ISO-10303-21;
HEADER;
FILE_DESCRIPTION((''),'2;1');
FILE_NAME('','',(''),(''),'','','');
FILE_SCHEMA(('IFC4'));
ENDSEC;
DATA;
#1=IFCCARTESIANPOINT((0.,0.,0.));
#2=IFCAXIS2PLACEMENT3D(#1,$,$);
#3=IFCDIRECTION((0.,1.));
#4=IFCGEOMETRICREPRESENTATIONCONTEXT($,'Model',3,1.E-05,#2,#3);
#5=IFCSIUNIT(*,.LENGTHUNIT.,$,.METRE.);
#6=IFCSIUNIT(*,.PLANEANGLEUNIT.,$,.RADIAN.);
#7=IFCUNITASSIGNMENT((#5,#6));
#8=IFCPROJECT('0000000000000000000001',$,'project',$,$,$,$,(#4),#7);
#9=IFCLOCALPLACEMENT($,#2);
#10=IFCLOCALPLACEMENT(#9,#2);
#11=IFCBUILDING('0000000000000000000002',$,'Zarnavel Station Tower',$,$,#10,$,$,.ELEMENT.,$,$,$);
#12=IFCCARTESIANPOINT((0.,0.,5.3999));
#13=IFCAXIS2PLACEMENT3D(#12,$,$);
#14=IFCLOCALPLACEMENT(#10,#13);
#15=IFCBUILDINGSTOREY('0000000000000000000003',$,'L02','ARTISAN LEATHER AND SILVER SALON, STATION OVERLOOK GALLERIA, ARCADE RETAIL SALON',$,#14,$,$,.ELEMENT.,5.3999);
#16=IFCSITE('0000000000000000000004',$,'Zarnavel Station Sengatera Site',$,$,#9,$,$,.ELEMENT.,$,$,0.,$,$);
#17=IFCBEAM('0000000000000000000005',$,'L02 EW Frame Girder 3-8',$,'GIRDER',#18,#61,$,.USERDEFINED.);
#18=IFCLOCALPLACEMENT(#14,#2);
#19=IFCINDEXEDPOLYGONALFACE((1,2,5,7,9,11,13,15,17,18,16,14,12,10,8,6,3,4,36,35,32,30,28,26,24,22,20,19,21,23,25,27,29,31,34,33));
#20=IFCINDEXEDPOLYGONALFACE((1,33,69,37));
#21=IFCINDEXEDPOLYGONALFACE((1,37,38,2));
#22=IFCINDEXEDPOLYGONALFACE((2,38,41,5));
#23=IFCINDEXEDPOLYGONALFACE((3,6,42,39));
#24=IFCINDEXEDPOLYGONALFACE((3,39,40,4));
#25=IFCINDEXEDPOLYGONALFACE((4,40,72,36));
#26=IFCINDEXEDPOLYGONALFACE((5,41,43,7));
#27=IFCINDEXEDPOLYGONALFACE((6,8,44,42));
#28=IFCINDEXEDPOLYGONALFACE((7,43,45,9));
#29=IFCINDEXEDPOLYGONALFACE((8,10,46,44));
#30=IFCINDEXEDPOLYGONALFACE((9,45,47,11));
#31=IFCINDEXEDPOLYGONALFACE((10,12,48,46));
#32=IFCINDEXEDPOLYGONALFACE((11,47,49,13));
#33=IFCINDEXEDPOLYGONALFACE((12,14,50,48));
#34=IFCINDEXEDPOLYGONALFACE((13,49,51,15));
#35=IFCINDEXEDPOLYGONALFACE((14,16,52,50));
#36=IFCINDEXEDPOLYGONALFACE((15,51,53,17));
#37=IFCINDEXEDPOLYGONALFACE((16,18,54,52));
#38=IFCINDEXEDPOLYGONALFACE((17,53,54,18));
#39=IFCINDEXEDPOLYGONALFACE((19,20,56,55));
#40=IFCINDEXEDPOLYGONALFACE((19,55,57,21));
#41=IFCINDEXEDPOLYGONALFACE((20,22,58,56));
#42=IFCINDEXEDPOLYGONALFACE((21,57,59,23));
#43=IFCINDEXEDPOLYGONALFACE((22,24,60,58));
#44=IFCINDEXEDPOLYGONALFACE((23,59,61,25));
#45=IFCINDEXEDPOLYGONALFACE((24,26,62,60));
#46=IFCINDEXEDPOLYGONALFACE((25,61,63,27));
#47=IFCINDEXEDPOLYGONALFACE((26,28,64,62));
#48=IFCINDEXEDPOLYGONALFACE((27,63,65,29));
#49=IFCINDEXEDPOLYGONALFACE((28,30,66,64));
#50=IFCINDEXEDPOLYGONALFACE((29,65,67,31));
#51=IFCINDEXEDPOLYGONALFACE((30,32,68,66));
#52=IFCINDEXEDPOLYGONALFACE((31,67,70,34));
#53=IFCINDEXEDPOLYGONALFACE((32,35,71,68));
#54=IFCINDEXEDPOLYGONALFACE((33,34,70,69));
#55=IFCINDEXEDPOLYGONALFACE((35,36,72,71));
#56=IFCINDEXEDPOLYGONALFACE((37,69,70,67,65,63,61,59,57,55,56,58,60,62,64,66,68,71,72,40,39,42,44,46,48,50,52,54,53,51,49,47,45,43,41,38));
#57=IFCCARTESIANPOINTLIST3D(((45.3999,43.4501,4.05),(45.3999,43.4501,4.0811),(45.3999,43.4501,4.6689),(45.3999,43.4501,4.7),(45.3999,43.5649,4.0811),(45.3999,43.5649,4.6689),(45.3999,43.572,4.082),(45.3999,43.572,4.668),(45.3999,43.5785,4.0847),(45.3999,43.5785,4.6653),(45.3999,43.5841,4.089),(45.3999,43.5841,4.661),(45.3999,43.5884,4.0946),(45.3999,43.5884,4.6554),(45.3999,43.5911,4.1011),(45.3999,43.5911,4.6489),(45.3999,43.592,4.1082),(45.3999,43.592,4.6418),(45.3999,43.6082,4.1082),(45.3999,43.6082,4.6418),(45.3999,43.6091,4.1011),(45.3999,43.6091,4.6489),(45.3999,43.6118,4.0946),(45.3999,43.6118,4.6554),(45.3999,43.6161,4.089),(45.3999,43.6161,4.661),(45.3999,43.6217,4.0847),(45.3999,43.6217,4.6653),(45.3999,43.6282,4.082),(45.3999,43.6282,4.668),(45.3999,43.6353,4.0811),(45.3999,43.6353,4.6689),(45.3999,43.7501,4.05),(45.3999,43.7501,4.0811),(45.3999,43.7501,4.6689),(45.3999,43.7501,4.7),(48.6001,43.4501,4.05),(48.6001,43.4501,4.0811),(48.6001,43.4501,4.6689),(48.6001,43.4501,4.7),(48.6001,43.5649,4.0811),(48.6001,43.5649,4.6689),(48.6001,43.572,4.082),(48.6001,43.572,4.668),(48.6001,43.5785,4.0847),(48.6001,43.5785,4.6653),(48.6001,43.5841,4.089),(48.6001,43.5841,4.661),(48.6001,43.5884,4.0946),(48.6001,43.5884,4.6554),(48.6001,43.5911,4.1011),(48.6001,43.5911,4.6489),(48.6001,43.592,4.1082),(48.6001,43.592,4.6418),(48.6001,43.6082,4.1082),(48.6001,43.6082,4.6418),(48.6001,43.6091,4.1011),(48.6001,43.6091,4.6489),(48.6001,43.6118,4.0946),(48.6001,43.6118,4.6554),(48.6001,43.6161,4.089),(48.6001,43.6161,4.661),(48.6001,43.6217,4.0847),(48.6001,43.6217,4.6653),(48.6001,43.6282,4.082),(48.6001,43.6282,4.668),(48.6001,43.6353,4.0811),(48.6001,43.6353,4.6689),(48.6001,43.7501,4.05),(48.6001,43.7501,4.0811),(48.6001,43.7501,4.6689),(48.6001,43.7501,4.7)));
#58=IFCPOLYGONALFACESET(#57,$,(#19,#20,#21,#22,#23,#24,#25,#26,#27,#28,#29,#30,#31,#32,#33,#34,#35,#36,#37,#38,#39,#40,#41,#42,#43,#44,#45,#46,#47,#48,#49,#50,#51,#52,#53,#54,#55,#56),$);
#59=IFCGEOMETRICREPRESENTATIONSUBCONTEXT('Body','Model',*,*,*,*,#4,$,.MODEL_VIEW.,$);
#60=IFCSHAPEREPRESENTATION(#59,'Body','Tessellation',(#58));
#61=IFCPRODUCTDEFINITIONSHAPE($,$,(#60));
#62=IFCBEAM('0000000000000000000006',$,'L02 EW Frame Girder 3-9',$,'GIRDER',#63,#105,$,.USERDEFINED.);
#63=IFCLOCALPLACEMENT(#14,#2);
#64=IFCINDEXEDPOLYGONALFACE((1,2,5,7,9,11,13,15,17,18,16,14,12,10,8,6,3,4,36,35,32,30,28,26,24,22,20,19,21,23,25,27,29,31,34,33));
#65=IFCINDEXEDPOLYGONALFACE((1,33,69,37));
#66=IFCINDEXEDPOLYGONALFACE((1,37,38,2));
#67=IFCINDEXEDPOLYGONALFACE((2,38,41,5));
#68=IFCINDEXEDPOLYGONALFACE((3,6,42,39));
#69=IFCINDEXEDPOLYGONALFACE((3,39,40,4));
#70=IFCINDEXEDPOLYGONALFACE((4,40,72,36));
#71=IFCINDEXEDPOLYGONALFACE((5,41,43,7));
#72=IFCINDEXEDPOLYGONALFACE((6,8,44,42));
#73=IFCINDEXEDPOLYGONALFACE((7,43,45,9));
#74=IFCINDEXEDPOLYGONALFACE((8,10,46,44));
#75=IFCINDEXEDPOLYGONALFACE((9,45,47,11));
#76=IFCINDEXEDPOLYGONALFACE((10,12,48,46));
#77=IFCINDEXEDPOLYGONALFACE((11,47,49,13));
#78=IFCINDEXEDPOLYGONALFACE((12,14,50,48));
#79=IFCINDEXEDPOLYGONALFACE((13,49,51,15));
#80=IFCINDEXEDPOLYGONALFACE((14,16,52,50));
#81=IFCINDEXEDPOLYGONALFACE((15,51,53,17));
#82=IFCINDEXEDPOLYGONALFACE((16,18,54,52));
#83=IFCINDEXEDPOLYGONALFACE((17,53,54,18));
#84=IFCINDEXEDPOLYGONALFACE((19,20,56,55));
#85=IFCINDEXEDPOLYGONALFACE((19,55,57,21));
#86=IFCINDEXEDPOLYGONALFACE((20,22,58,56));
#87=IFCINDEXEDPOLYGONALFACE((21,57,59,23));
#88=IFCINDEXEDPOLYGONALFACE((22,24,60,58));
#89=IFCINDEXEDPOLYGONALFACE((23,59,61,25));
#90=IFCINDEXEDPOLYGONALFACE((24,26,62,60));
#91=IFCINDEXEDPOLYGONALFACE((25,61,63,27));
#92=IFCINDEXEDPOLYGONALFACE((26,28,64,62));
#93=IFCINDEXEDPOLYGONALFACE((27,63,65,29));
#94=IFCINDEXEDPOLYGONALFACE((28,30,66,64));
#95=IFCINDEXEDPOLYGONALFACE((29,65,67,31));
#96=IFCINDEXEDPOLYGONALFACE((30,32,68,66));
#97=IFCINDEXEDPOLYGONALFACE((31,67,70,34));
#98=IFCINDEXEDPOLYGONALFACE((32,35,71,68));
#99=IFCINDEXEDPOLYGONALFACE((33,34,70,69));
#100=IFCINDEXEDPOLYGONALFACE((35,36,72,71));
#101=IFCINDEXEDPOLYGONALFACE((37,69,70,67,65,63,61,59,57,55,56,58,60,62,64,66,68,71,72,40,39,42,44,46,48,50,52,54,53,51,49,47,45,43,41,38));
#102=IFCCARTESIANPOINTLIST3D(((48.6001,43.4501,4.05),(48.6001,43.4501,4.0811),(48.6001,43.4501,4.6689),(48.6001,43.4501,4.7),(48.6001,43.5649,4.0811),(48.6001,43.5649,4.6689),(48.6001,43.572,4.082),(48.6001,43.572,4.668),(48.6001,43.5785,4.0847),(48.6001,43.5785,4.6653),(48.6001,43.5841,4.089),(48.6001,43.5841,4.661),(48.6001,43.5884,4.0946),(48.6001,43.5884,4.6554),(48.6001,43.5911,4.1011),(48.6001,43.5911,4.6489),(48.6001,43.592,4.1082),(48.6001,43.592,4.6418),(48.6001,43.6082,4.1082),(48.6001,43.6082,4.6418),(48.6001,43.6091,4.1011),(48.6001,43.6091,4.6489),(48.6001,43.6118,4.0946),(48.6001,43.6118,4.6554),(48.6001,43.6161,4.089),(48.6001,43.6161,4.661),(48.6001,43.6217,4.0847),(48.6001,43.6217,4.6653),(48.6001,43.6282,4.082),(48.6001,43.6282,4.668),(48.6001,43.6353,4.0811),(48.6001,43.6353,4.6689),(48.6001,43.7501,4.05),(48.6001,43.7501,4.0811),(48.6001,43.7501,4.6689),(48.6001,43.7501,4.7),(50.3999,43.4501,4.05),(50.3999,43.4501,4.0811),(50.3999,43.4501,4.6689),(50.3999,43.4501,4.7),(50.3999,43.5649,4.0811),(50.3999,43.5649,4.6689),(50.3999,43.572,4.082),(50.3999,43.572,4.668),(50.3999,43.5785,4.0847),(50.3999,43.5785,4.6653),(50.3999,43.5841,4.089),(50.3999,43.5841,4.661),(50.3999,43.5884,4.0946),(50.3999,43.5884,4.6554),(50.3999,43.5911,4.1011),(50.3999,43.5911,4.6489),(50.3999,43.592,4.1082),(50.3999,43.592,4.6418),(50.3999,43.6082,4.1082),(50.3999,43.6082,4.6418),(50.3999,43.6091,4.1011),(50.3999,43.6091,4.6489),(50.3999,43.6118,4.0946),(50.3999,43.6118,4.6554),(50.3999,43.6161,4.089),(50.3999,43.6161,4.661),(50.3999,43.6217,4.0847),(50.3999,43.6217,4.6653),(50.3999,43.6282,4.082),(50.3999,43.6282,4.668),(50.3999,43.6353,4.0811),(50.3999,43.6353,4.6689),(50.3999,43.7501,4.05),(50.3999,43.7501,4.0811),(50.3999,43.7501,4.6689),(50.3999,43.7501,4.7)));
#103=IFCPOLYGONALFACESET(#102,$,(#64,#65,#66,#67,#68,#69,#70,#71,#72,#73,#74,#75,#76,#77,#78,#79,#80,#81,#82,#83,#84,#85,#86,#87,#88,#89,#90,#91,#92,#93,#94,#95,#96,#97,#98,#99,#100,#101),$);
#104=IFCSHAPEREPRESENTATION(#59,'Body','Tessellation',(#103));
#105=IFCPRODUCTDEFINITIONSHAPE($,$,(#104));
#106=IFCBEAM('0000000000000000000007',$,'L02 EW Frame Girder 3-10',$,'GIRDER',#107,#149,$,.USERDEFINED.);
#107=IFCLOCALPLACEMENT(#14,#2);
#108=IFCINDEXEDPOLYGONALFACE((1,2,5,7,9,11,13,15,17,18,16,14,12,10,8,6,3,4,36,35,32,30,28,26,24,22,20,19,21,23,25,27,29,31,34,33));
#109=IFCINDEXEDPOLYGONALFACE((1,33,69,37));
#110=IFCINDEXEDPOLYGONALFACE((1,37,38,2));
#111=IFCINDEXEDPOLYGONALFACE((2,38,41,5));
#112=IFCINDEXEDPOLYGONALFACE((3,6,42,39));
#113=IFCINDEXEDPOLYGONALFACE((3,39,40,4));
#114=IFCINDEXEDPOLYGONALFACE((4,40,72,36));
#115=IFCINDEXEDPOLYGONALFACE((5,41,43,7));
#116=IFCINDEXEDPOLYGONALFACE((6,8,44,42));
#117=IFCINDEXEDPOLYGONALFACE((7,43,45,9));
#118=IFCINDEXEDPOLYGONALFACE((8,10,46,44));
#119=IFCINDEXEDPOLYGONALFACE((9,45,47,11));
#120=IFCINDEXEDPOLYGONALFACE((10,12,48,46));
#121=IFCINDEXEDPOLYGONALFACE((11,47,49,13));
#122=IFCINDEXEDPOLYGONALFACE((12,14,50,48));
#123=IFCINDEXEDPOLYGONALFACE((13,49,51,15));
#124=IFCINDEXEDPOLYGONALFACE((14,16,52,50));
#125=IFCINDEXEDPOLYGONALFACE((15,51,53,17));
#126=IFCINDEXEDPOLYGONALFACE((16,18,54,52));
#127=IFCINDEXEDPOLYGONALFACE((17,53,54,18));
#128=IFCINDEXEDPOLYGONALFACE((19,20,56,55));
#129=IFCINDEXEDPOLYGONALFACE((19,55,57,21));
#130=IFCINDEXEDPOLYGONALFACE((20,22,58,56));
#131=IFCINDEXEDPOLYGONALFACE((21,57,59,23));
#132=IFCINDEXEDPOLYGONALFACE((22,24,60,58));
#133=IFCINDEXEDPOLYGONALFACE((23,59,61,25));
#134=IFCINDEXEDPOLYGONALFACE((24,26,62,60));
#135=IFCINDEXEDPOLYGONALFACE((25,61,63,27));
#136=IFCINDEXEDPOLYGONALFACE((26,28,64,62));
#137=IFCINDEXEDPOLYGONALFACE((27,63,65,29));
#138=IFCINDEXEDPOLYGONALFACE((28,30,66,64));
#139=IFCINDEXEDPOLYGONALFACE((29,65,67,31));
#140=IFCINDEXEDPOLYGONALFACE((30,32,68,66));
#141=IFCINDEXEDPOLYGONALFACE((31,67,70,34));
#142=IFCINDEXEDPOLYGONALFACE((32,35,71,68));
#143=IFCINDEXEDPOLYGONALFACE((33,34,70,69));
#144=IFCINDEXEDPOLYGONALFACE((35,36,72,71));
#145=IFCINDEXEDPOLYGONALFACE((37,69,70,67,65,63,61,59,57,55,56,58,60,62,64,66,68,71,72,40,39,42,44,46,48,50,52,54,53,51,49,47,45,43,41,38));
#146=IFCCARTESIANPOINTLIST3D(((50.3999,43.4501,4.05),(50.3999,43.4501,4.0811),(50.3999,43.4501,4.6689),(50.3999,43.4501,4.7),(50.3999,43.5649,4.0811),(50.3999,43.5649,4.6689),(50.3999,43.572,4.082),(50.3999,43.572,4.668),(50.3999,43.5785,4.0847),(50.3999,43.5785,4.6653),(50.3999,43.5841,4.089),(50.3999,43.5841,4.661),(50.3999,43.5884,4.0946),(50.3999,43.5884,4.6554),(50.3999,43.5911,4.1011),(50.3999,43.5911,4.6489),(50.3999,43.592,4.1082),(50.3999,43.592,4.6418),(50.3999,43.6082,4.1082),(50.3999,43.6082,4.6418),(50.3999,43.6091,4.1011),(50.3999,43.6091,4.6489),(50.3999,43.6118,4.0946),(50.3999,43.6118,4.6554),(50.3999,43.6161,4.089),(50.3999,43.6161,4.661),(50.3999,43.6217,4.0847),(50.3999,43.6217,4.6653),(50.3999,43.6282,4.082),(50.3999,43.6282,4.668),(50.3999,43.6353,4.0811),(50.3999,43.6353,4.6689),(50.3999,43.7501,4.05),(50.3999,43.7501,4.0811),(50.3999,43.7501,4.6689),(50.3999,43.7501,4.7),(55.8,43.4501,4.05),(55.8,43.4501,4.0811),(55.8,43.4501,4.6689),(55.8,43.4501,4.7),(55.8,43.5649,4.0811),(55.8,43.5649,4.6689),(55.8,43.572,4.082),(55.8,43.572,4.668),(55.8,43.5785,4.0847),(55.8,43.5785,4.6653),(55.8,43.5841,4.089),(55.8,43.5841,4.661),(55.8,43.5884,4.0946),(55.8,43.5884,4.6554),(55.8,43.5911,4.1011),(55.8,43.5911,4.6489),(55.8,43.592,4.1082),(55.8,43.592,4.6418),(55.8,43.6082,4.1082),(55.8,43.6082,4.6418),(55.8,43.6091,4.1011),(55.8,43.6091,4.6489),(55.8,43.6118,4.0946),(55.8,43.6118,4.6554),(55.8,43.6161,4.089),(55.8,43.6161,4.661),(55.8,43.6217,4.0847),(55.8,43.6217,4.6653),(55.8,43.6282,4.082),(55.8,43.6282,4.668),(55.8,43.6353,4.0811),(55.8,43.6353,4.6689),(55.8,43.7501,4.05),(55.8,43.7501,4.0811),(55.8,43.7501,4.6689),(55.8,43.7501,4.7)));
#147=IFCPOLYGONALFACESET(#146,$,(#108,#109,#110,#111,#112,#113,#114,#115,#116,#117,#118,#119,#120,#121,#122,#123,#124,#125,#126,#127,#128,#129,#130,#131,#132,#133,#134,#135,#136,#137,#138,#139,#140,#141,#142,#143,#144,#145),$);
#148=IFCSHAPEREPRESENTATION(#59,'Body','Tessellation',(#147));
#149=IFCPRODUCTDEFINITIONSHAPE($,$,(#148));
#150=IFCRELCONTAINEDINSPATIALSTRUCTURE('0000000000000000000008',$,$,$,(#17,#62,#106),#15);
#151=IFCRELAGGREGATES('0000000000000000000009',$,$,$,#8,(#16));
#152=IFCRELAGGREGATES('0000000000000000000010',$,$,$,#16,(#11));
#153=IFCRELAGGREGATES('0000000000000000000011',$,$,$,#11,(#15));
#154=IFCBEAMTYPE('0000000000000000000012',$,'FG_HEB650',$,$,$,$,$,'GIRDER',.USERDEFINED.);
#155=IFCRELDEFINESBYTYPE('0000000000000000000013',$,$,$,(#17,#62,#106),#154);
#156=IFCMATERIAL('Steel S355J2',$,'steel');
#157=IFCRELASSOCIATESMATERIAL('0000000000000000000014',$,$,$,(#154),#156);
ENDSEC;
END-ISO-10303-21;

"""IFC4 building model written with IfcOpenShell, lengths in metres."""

from ifc_helpers import new_model, si_unit, direction, frame, origin, origin_2d, place, context, subcontext, project, spatial, i_section, extrude, material, material_profile, profile_set, type_object, element, save


model = new_model("IFC4")

# Units and contexts
model_context = context("Model", 3, precision=1e-05, world=origin(), true_north=direction((0.0, 1.0)))
body_context = subcontext(model_context, "Body", "Model", "MODEL_VIEW")
ifc_project = project(units=[si_unit("LENGTHUNIT", "METRE"), si_unit("PLANEANGLEUNIT", "RADIAN")], contexts=[model_context])

# Site, building, storey
site_placement = place(None, origin())
site = spatial("IfcSite", under=ifc_project, at=site_placement, Name="Zarnavel Station Sengatera Site", CompositionType="ELEMENT", RefElevation=0.0)
building_placement = place(site_placement, origin())
building = spatial("IfcBuilding", under=site, at=building_placement, Name="Zarnavel Station Tower", CompositionType="ELEMENT")
storey_placement = place(building_placement, frame((0.0, 0.0, 5.3999)))
storey = spatial("IfcBuildingStorey", under=building, at=storey_placement, Name="L02", Description="ARTISAN LEATHER AND SILVER SALON, STATION OVERLOOK GALLERIA, ARCADE RETAIL SALON", CompositionType="ELEMENT", Elevation=5.3999)

# Beams
ifc_material_1 = material(Name="Steel S355J2", Category="steel")
ifc_material_profile_1 = material_profile(ifc_material_1, i_section(OverallWidth=0.3, OverallDepth=0.6499, WebThickness=0.0161, FlangeThickness=0.031, FilletRadius=0.0271, at=origin_2d()), Name="HEB650")
ifc_profile_set_1 = profile_set([ifc_material_profile_1], Name="Steel S355J2")
beam_type = type_object("IfcBeamType", Name="FG_HEB650", ElementType="GIRDER", PredefinedType="USERDEFINED", material=ifc_profile_set_1)
beam_1_placement = place(storey_placement, frame((45.3999, 43.6001, 4.375), z_axis=(1.0, 0.0, 0.0), x_axis=(0.0, 1.0, 0.0)))
element("IfcBeam", 1, at=beam_1_placement, inside=storey, type_object=beam_type, Name="L02 EW Frame Girder 3-8", ObjectType="GIRDER", PredefinedType="USERDEFINED", context=body_context, shape_type="SweptSolid", body=[
    extrude(i_section(OverallWidth=0.3, OverallDepth=0.6499, WebThickness=0.0161, FlangeThickness=0.031, FilletRadius=0.0271, at=origin_2d()), origin(), (0.0, 0.0, 1.0), 3.2002),
])
beam_2_placement = place(storey_placement, frame((48.6001, 43.6001, 4.375), z_axis=(1.0, 0.0, 0.0), x_axis=(0.0, 1.0, 0.0)))
element("IfcBeam", 2, at=beam_2_placement, inside=storey, type_object=beam_type, Name="L02 EW Frame Girder 3-9", ObjectType="GIRDER", PredefinedType="USERDEFINED", context=body_context, shape_type="SweptSolid", body=[
    extrude(i_section(OverallWidth=0.3, OverallDepth=0.6499, WebThickness=0.0161, FlangeThickness=0.031, FilletRadius=0.0271, at=origin_2d()), origin(), (0.0, 0.0, 1.0), 1.7998),
])
beam_3_placement = place(storey_placement, frame((50.3999, 43.6001, 4.375), z_axis=(1.0, 0.0, 0.0), x_axis=(0.0, 1.0, 0.0)))
element("IfcBeam", 3, at=beam_3_placement, inside=storey, type_object=beam_type, Name="L02 EW Frame Girder 3-10", ObjectType="GIRDER", PredefinedType="USERDEFINED", context=body_context, shape_type="SweptSolid", body=[
    extrude(i_section(OverallWidth=0.3, OverallDepth=0.6499, WebThickness=0.0161, FlangeThickness=0.031, FilletRadius=0.0271, at=origin_2d()), origin(), (0.0, 0.0, 1.0), 5.4001),
])

save(model, "model.ifc")
